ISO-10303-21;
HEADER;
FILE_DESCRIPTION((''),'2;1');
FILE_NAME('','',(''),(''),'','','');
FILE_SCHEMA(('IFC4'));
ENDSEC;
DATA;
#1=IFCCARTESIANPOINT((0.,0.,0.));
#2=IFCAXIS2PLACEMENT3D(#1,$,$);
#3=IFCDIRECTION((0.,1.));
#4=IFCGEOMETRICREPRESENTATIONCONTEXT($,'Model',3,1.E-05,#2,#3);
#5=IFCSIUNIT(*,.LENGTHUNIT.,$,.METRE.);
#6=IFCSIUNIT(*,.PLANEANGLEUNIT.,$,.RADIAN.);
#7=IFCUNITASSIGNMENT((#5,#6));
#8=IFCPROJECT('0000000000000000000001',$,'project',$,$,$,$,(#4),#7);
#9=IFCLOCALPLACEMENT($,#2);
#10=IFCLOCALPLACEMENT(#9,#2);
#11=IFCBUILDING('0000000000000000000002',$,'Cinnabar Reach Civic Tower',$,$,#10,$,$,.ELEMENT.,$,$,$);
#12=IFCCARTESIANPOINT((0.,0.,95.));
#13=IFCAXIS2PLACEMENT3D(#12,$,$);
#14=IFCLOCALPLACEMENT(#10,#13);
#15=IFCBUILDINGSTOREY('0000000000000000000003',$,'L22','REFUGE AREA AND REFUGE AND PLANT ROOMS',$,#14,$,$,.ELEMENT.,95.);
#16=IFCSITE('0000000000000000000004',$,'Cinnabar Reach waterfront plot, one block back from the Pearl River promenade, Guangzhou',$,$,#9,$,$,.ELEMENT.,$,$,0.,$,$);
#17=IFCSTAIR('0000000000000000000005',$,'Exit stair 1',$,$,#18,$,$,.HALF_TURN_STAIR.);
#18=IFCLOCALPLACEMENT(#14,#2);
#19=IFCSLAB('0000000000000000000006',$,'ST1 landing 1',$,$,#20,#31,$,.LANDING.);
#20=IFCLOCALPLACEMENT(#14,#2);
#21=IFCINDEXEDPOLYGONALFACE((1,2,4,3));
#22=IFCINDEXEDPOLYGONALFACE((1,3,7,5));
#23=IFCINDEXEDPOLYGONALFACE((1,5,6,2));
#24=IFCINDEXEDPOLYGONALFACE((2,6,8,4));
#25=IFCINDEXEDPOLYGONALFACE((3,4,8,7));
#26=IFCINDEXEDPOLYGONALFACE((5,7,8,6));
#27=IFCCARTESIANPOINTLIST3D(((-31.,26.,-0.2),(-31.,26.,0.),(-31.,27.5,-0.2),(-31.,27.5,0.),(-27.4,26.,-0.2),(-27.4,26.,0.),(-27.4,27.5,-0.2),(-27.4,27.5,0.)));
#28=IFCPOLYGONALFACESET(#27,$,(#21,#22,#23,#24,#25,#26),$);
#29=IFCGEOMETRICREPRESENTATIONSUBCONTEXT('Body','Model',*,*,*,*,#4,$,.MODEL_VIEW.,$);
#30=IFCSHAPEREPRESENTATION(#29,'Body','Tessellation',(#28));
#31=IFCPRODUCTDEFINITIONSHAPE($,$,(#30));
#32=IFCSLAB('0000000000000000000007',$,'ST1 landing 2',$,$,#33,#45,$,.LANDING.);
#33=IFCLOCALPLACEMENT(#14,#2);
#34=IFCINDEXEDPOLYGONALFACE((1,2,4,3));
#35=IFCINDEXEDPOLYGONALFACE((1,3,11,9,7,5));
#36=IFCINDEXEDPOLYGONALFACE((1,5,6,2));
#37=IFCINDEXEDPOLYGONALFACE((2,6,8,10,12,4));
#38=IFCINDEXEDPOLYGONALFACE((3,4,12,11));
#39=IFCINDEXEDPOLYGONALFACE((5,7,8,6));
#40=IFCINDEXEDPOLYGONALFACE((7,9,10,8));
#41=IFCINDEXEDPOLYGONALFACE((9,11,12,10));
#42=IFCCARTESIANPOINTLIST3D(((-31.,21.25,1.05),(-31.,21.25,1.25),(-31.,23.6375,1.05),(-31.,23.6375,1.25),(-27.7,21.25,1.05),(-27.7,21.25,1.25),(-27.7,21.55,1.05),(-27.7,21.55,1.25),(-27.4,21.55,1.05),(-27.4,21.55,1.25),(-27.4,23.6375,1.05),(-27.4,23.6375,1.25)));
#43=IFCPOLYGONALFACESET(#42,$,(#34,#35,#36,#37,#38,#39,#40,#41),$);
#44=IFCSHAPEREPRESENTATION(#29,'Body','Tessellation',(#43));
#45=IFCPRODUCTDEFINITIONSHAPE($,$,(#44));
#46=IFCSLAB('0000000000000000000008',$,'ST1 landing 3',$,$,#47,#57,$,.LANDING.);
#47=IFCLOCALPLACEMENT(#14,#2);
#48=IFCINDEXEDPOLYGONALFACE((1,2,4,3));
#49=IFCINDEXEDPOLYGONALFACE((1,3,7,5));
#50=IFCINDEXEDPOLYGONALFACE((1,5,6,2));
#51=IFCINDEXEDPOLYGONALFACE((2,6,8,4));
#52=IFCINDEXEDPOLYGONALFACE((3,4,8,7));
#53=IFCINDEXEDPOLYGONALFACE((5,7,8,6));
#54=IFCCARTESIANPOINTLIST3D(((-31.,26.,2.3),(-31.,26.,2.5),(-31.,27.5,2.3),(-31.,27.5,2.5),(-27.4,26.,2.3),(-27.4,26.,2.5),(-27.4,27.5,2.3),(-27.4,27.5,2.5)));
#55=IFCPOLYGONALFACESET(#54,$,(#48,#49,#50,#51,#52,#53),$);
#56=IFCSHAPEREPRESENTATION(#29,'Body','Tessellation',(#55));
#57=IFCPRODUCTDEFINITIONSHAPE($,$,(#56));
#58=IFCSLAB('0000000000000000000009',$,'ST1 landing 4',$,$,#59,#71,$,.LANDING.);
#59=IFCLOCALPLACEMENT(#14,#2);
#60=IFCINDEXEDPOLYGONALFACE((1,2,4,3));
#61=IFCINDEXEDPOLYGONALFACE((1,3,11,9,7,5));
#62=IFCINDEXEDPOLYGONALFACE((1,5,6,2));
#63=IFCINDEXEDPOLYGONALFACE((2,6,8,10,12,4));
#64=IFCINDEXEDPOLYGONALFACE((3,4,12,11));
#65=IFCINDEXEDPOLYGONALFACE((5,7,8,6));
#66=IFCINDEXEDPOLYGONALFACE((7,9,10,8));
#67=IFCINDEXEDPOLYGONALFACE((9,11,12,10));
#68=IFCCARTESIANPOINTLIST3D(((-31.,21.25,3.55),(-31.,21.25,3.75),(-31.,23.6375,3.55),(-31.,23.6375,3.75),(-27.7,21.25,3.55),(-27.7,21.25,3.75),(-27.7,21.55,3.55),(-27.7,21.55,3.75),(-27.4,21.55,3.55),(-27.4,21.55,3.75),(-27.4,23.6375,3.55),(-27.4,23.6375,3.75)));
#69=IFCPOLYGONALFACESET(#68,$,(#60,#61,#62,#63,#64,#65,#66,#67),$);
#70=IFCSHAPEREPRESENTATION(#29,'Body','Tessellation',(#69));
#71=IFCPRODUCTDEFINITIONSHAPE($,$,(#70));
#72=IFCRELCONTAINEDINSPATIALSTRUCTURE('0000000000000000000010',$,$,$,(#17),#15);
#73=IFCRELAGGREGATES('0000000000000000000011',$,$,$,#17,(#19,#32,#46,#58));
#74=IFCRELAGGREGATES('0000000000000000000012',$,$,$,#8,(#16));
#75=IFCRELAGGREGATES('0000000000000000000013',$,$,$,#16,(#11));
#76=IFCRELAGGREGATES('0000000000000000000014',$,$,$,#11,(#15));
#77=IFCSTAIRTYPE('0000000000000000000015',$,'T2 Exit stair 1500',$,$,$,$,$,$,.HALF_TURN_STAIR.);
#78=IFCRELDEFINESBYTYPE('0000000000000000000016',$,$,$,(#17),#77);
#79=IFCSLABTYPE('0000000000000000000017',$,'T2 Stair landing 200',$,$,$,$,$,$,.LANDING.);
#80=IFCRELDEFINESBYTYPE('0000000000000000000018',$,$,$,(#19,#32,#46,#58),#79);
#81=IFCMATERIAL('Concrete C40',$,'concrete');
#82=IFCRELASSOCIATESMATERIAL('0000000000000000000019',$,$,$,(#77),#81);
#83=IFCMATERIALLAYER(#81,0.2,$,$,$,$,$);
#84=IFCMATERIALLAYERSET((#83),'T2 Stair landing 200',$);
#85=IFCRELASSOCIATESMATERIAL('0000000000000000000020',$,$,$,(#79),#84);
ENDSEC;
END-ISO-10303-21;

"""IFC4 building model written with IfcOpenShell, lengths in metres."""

from ifc_helpers import new_model, si_unit, direction, frame, origin, place, context, subcontext, project, spatial, polyline, outline, extrude, material, layer, layer_set, type_object, element, aggregate, save


model = new_model("IFC4")

# Units and contexts
model_context = context("Model", 3, precision=1e-05, world=origin(), true_north=direction((0.0, 1.0)))
body_context = subcontext(model_context, "Body", "Model", "MODEL_VIEW")
ifc_project = project(units=[si_unit("LENGTHUNIT", "METRE"), si_unit("PLANEANGLEUNIT", "RADIAN")], contexts=[model_context])

# Site, building, storey
site_placement = place(None, origin())
site = spatial("IfcSite", under=ifc_project, at=site_placement, Name="Cinnabar Reach waterfront plot, one block back from the Pearl River promenade, Guangzhou", CompositionType="ELEMENT", RefElevation=0.0)
building_placement = place(site_placement, origin())
building = spatial("IfcBuilding", under=site, at=building_placement, Name="Cinnabar Reach Civic Tower", CompositionType="ELEMENT")
storey_placement = place(building_placement, frame((0.0, 0.0, 95.0)))
storey = spatial("IfcBuildingStorey", under=building, at=storey_placement, Name="L22", Description="REFUGE AREA AND REFUGE AND PLANT ROOMS", CompositionType="ELEMENT", Elevation=95.0)

# Shared definitions
ifc_material_1 = material(Name="Concrete C40", Category="concrete")

# Stair, slabs
stair_type_1 = type_object("IfcStairType", Name="T2 Exit stair 1500", PredefinedType="HALF_TURN_STAIR", material=ifc_material_1)
stair_1_placement = place(storey_placement, origin())
stair_1 = element("IfcStair", 1, at=stair_1_placement, inside=storey, type_object=stair_type_1, Name="Exit stair 1", PredefinedType="HALF_TURN_STAIR")
ifc_layer_1 = layer(ifc_material_1, 0.2)
ifc_layer_set_1 = layer_set([ifc_layer_1], Name="T2 Stair landing 200")
slab_type_1 = type_object("IfcSlabType", Name="T2 Stair landing 200", PredefinedType="LANDING", material=ifc_layer_set_1)
slab_1_placement = place(storey_placement, frame((0.0, 0.0, -0.2)))
slab_1 = element("IfcSlab", 2, at=slab_1_placement, type_object=slab_type_1, Name="ST1 landing 1", PredefinedType="LANDING", context=body_context, shape_type="SweptSolid", body=[
    extrude(outline(polyline([(-31.0, 26.0), (-31.0, 27.5), (-27.4, 27.5), (-27.4, 26.0), (-31.0, 26.0)])), origin(), (0.0, 0.0, 1.0), 0.2),
])
slab_2_placement = place(storey_placement, frame((0.0, 0.0, 1.05)))
slab_2 = element("IfcSlab", 3, at=slab_2_placement, type_object=slab_type_1, Name="ST1 landing 2", PredefinedType="LANDING", context=body_context, shape_type="SweptSolid", body=[
    extrude(outline(polyline([(-31.0, 21.25), (-31.0, 23.6375), (-27.4, 23.6375), (-27.4, 21.55), (-27.7, 21.55), (-27.7, 21.25), (-31.0, 21.25)])), origin(), (0.0, 0.0, 1.0), 0.2),
])
slab_3_placement = place(storey_placement, frame((0.0, 0.0, 2.3)))
slab_3 = element("IfcSlab", 4, at=slab_3_placement, type_object=slab_type_1, Name="ST1 landing 3", PredefinedType="LANDING", context=body_context, shape_type="SweptSolid", body=[
    extrude(outline(polyline([(-31.0, 26.0), (-31.0, 27.5), (-27.4, 27.5), (-27.4, 26.0), (-31.0, 26.0)])), origin(), (0.0, 0.0, 1.0), 0.2),
])
slab_4_placement = place(storey_placement, frame((0.0, 0.0, 3.55)))
slab_4 = element("IfcSlab", 5, at=slab_4_placement, type_object=slab_type_1, Name="ST1 landing 4", PredefinedType="LANDING", context=body_context, shape_type="SweptSolid", body=[
    extrude(outline(polyline([(-31.0, 21.25), (-31.0, 23.6375), (-27.4, 23.6375), (-27.4, 21.55), (-27.7, 21.55), (-27.7, 21.25), (-31.0, 21.25)])), origin(), (0.0, 0.0, 1.0), 0.2),
])
aggregate(stair_1, [slab_1, slab_2, slab_3, slab_4])

save(model, "model.ifc")
